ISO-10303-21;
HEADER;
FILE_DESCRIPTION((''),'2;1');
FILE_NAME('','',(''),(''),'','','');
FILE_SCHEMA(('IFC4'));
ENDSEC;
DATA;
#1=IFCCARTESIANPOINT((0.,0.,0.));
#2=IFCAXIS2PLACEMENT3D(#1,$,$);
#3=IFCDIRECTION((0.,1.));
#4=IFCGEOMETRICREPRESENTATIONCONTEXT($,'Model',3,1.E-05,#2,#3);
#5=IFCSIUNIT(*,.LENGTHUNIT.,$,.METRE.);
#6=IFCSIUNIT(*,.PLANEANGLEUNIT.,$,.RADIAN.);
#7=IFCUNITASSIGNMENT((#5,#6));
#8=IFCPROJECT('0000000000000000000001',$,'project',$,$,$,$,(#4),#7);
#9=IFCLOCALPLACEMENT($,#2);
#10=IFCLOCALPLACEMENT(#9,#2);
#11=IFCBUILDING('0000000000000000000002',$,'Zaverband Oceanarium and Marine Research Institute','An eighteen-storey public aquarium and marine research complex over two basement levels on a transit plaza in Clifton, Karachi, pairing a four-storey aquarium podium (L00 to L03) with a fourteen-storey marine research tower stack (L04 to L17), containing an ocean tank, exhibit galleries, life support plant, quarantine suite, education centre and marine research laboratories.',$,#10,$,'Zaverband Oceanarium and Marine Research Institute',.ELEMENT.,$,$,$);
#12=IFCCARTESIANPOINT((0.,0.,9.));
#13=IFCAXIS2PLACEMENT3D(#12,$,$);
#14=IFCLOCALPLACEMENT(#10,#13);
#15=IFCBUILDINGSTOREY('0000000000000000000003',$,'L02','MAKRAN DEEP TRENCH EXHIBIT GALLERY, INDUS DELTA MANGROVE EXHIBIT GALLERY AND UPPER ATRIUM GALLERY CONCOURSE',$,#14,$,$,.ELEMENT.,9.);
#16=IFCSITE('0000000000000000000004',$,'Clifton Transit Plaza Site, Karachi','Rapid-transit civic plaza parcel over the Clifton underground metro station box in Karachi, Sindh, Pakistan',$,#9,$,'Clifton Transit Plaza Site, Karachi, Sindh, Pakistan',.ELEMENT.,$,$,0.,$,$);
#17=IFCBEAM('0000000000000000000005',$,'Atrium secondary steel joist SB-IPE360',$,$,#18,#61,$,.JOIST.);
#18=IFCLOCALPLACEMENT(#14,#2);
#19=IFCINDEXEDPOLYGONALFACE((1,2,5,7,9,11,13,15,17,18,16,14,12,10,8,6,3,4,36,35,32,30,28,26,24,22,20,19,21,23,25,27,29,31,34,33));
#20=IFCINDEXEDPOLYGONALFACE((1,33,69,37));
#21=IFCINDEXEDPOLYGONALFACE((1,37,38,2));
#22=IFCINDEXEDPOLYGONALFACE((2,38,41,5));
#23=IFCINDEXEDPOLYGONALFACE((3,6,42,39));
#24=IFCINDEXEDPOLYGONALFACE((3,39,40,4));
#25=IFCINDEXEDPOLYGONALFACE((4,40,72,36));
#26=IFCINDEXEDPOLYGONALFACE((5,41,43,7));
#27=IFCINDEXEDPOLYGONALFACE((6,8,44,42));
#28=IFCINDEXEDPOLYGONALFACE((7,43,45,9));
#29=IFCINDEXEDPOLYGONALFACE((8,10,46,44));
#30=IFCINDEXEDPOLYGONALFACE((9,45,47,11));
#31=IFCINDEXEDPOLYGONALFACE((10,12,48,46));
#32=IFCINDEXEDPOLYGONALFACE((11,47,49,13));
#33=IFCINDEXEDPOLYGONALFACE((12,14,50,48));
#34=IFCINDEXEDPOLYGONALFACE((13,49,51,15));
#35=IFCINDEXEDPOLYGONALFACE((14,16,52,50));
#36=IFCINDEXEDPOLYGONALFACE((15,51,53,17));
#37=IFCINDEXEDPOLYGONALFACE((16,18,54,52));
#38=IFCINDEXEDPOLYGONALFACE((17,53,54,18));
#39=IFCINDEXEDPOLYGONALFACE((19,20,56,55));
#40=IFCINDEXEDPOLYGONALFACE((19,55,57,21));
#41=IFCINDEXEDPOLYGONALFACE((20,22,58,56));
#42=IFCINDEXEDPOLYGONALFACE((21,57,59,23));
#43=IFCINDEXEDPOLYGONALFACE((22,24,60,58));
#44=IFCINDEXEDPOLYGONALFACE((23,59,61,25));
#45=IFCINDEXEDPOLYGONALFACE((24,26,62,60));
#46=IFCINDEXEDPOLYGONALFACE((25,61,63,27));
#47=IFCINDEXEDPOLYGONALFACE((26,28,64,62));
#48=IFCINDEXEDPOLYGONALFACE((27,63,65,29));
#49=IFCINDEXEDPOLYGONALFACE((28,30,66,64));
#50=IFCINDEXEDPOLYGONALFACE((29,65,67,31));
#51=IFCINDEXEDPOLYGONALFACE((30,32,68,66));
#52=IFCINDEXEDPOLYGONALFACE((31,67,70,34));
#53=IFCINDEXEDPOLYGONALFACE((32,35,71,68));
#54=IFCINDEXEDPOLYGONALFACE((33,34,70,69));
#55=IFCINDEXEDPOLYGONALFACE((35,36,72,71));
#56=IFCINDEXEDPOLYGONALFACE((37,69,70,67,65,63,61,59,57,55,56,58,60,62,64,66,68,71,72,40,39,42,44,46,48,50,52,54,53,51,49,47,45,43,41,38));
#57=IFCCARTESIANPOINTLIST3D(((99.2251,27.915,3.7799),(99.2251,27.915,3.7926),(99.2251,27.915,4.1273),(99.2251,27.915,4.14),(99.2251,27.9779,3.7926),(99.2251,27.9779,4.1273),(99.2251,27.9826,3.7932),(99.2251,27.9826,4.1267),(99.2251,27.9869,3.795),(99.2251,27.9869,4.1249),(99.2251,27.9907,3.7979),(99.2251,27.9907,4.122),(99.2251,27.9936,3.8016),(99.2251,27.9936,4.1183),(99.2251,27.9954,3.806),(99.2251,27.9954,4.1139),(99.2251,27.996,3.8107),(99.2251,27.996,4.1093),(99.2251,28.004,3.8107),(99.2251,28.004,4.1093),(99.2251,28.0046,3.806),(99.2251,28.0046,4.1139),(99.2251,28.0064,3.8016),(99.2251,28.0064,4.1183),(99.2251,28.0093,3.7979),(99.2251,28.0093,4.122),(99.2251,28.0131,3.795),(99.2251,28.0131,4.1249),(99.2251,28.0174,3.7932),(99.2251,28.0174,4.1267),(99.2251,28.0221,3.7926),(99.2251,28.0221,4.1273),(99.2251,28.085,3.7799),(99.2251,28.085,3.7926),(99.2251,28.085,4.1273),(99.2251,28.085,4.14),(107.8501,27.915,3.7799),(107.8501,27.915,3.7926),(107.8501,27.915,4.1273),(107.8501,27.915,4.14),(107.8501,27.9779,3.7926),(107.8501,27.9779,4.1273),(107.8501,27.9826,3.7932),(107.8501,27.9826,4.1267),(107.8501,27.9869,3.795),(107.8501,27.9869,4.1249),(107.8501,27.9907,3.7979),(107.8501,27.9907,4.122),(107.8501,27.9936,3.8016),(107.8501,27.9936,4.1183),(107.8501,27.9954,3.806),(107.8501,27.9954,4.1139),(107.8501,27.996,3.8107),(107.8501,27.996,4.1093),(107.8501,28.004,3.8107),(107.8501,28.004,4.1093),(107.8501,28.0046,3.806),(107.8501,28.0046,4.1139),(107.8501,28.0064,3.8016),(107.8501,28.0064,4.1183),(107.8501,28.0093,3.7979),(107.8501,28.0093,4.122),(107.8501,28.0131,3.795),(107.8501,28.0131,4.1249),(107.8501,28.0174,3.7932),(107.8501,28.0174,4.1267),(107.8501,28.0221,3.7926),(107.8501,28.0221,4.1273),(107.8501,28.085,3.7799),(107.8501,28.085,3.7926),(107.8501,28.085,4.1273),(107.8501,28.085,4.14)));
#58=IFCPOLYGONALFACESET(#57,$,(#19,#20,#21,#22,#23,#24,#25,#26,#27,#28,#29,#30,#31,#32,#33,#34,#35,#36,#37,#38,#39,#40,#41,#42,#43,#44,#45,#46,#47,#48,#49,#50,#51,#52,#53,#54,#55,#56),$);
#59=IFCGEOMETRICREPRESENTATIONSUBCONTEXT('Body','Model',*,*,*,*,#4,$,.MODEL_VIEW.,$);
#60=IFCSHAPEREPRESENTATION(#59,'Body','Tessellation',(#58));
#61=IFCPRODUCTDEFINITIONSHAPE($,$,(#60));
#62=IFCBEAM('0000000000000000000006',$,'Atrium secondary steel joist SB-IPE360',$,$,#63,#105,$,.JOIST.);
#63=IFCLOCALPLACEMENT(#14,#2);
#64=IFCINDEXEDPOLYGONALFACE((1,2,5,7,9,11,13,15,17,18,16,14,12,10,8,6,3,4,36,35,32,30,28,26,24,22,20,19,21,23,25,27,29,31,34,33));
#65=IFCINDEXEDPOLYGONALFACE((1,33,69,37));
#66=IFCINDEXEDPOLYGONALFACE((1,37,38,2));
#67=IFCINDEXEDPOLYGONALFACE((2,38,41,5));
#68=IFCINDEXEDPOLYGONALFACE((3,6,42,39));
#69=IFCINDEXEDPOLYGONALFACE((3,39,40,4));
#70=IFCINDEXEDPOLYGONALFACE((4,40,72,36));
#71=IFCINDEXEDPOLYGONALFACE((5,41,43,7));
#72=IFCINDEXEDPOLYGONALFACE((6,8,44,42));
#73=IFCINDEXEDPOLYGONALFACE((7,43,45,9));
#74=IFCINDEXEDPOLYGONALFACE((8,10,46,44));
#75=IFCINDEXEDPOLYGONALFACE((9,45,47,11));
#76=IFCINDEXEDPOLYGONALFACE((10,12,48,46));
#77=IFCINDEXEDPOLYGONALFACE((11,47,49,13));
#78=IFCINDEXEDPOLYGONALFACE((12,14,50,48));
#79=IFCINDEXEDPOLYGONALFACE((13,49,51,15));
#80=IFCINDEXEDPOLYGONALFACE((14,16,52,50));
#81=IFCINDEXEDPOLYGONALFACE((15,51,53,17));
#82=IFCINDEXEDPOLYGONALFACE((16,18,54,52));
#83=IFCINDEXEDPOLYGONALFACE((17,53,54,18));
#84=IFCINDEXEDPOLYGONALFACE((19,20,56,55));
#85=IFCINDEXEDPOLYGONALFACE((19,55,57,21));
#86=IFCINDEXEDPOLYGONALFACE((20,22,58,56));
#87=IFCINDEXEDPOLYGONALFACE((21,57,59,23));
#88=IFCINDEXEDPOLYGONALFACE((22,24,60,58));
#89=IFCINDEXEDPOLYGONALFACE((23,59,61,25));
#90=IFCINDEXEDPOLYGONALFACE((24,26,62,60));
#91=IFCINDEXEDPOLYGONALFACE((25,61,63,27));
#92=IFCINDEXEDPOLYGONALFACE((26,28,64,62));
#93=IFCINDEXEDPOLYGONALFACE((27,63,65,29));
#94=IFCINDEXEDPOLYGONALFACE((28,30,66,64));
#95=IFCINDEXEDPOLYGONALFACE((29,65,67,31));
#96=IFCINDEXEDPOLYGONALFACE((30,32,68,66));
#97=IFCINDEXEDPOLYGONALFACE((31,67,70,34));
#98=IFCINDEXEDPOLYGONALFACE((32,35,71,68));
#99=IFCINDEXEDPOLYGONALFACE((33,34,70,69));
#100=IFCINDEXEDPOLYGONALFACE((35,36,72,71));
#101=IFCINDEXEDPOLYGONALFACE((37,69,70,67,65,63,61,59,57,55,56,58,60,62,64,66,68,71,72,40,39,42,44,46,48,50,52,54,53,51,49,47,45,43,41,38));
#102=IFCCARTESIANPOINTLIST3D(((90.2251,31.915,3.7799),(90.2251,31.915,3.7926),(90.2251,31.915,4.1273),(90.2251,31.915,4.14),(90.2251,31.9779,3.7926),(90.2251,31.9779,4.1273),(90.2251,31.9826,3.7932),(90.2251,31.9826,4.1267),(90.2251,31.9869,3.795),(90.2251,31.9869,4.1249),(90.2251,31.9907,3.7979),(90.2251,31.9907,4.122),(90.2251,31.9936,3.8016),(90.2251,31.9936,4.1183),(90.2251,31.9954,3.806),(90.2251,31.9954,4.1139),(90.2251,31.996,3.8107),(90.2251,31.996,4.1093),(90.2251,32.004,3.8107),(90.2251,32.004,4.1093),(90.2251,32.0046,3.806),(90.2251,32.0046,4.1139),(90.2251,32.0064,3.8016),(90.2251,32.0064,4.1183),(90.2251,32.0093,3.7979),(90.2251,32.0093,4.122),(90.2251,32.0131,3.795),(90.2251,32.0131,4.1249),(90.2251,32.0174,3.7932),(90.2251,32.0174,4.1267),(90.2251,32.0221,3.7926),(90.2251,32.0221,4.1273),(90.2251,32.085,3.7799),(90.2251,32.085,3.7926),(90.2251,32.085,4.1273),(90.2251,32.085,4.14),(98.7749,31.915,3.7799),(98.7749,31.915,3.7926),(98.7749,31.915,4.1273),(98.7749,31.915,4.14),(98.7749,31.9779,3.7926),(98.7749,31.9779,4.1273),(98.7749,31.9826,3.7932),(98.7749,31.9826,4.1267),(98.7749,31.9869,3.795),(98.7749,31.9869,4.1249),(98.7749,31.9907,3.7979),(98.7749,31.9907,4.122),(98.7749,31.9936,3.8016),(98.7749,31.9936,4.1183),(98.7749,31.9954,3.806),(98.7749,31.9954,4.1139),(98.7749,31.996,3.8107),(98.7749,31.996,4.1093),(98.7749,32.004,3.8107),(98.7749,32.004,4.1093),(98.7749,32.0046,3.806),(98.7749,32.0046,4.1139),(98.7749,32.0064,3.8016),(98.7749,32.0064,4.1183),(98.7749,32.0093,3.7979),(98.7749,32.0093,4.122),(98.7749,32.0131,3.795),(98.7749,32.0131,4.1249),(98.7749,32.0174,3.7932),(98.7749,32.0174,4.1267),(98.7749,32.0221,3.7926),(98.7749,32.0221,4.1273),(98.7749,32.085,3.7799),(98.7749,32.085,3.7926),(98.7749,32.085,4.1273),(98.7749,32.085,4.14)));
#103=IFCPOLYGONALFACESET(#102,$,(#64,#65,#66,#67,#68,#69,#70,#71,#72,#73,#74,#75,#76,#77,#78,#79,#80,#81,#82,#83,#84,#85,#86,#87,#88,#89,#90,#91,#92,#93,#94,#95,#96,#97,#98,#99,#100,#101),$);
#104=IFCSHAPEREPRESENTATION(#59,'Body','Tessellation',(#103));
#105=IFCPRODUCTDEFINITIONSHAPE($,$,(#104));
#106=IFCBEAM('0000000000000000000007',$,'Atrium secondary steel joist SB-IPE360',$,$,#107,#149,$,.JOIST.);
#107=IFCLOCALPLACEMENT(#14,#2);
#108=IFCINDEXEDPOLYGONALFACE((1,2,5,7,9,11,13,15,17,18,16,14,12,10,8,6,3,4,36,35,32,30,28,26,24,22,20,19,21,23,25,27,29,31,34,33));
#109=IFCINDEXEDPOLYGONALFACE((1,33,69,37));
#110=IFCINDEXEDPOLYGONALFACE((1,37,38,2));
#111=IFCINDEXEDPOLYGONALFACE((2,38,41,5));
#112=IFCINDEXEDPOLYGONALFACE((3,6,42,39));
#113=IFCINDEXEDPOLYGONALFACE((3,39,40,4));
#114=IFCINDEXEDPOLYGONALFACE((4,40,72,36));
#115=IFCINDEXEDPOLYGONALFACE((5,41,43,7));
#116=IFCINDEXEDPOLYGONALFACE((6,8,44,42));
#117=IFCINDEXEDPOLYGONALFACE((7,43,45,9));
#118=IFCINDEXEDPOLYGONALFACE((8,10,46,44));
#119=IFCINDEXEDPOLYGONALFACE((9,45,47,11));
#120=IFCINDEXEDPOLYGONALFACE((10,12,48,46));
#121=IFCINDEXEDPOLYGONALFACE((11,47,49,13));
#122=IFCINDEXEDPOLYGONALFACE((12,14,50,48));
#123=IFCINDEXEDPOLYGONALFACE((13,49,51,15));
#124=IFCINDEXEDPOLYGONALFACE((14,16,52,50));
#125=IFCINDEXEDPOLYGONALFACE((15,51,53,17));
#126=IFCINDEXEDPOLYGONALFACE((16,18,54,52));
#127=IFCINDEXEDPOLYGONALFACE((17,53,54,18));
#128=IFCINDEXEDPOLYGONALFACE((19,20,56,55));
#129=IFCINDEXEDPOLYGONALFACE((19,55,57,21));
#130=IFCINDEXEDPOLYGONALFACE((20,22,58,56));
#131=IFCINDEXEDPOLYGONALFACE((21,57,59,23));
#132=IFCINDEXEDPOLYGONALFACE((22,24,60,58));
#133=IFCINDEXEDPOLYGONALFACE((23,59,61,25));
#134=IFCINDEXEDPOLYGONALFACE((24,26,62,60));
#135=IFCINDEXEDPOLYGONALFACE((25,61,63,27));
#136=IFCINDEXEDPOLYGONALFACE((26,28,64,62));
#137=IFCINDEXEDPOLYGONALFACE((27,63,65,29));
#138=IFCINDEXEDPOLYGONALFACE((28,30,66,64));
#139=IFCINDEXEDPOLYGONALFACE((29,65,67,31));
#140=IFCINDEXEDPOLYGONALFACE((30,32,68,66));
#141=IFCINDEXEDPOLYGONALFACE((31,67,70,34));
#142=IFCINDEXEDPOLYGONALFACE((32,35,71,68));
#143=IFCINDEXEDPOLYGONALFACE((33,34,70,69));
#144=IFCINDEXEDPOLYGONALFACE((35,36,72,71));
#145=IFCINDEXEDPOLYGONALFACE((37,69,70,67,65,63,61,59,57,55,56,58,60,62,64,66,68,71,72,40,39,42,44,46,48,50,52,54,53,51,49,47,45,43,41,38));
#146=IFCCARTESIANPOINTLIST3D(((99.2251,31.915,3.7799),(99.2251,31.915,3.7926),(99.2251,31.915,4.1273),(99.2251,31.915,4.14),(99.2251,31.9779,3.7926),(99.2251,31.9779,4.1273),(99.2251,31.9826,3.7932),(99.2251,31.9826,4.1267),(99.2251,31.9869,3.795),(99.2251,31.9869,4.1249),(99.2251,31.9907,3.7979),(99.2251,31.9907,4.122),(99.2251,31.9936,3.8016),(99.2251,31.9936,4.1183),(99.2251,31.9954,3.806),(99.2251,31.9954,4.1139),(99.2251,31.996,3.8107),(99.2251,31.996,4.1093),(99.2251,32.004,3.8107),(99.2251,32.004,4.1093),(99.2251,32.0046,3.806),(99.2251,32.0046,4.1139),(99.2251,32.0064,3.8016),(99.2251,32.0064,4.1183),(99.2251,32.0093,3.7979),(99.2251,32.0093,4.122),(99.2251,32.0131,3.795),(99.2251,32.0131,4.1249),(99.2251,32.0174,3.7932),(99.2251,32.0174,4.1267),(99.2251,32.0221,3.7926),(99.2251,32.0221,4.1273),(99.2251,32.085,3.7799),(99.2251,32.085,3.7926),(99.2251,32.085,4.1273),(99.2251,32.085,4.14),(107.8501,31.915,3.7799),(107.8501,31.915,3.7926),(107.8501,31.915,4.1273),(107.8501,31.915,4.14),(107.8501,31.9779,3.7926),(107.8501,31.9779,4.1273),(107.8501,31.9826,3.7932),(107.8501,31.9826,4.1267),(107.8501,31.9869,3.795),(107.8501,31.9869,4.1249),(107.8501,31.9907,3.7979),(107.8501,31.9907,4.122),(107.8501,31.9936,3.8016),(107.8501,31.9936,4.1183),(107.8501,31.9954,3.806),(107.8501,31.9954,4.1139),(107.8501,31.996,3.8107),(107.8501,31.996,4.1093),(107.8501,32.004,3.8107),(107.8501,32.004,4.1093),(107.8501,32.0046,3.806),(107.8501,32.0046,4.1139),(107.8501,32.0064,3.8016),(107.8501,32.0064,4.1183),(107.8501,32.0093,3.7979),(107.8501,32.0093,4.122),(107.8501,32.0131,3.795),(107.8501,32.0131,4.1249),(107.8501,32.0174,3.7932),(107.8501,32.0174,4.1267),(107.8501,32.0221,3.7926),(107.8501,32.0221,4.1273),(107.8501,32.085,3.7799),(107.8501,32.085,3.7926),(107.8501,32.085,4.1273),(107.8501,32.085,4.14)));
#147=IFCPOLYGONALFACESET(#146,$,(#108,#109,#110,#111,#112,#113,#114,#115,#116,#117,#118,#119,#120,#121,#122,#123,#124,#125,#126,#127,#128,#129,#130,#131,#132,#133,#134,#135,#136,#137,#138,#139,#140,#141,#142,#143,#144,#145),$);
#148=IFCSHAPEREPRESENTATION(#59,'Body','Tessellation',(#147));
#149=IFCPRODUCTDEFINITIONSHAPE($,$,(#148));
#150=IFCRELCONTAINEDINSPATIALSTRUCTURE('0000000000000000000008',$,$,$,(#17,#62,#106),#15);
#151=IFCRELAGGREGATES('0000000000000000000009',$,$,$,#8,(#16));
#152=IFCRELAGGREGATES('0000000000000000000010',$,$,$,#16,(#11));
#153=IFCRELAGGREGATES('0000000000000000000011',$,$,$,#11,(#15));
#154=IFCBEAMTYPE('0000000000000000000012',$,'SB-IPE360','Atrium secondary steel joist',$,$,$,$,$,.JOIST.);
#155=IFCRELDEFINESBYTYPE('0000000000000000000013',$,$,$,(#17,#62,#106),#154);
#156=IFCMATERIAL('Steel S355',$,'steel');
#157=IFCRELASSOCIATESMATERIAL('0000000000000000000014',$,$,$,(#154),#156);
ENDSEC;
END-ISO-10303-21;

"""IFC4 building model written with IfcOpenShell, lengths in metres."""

from ifc_helpers import new_model, si_unit, direction, frame, origin, origin_2d, place, context, subcontext, project, spatial, i_section, extrude, material, material_profile, profile_set, type_object, element, save


model = new_model("IFC4")

# Units and contexts
model_context = context("Model", 3, precision=1e-05, world=origin(), true_north=direction((0.0, 1.0)))
body_context = subcontext(model_context, "Body", "Model", "MODEL_VIEW")
ifc_project = project(units=[si_unit("LENGTHUNIT", "METRE"), si_unit("PLANEANGLEUNIT", "RADIAN")], contexts=[model_context])

# Site, building, storey
site_placement = place(None, origin())
site = spatial("IfcSite", under=ifc_project, at=site_placement, Name="Clifton Transit Plaza Site, Karachi", Description="Rapid-transit civic plaza parcel over the Clifton underground metro station box in Karachi, Sindh, Pakistan", LongName="Clifton Transit Plaza Site, Karachi, Sindh, Pakistan", CompositionType="ELEMENT", RefElevation=0.0)
building_placement = place(site_placement, origin())
building = spatial("IfcBuilding", under=site, at=building_placement, Name="Zaverband Oceanarium and Marine Research Institute", Description="An eighteen-storey public aquarium and marine research complex over two basement levels on a transit plaza in Clifton, Karachi, pairing a four-storey aquarium podium (L00 to L03) with a fourteen-storey marine research tower stack (L04 to L17), containing an ocean tank, exhibit galleries, life support plant, quarantine suite, education centre and marine research laboratories.", LongName="Zaverband Oceanarium and Marine Research Institute", CompositionType="ELEMENT")
storey_placement = place(building_placement, frame((0.0, 0.0, 9.0)))
storey = spatial("IfcBuildingStorey", under=building, at=storey_placement, Name="L02", Description="MAKRAN DEEP TRENCH EXHIBIT GALLERY, INDUS DELTA MANGROVE EXHIBIT GALLERY AND UPPER ATRIUM GALLERY CONCOURSE", CompositionType="ELEMENT", Elevation=9.0)

# Shared definitions
ifc_material_1 = material(Name="Steel S355", Category="steel")

# Beams
ifc_material_profile_1 = material_profile(ifc_material_1, i_section(OverallWidth=0.1699, OverallDepth=0.3601, WebThickness=0.0081, FlangeThickness=0.0127, FilletRadius=0.0181, at=origin_2d()), Name="IPE360")
ifc_profile_set_1 = profile_set([ifc_material_profile_1], Name="Steel S355")
beam_type_1 = type_object("IfcBeamType", Name="SB-IPE360", Description="Atrium secondary steel joist", PredefinedType="JOIST", material=ifc_profile_set_1)
beam_1_placement = place(storey_placement, frame((99.2251, 28.0, 3.96), z_axis=(1.0, 0.0, 0.0), x_axis=(0.0, 1.0, 0.0)))
element("IfcBeam", 1, at=beam_1_placement, inside=storey, type_object=beam_type_1, Name="Atrium secondary steel joist SB-IPE360", PredefinedType="JOIST", context=body_context, shape_type="SweptSolid", body=[
    extrude(i_section(OverallWidth=0.1699, OverallDepth=0.3601, WebThickness=0.0081, FlangeThickness=0.0127, FilletRadius=0.0181, at=origin_2d()), origin(), (0.0, 0.0, 1.0), 8.625),
])
beam_2_placement = place(storey_placement, frame((90.2251, 32.0, 3.96), z_axis=(1.0, 0.0, 0.0), x_axis=(0.0, 1.0, 0.0)))
element("IfcBeam", 2, at=beam_2_placement, inside=storey, type_object=beam_type_1, Name="Atrium secondary steel joist SB-IPE360", PredefinedType="JOIST", context=body_context, shape_type="SweptSolid", body=[
    extrude(i_section(OverallWidth=0.1699, OverallDepth=0.3601, WebThickness=0.0081, FlangeThickness=0.0127, FilletRadius=0.0181, at=origin_2d()), origin(), (0.0, 0.0, 1.0), 8.5498),
])
beam_3_placement = place(storey_placement, frame((99.2251, 32.0, 3.96), z_axis=(1.0, 0.0, 0.0), x_axis=(0.0, 1.0, 0.0)))
element("IfcBeam", 3, at=beam_3_placement, inside=storey, type_object=beam_type_1, Name="Atrium secondary steel joist SB-IPE360", PredefinedType="JOIST", context=body_context, shape_type="SweptSolid", body=[
    extrude(i_section(OverallWidth=0.1699, OverallDepth=0.3601, WebThickness=0.0081, FlangeThickness=0.0127, FilletRadius=0.0181, at=origin_2d()), origin(), (0.0, 0.0, 1.0), 8.625),
])

save(model, "model.ifc")
